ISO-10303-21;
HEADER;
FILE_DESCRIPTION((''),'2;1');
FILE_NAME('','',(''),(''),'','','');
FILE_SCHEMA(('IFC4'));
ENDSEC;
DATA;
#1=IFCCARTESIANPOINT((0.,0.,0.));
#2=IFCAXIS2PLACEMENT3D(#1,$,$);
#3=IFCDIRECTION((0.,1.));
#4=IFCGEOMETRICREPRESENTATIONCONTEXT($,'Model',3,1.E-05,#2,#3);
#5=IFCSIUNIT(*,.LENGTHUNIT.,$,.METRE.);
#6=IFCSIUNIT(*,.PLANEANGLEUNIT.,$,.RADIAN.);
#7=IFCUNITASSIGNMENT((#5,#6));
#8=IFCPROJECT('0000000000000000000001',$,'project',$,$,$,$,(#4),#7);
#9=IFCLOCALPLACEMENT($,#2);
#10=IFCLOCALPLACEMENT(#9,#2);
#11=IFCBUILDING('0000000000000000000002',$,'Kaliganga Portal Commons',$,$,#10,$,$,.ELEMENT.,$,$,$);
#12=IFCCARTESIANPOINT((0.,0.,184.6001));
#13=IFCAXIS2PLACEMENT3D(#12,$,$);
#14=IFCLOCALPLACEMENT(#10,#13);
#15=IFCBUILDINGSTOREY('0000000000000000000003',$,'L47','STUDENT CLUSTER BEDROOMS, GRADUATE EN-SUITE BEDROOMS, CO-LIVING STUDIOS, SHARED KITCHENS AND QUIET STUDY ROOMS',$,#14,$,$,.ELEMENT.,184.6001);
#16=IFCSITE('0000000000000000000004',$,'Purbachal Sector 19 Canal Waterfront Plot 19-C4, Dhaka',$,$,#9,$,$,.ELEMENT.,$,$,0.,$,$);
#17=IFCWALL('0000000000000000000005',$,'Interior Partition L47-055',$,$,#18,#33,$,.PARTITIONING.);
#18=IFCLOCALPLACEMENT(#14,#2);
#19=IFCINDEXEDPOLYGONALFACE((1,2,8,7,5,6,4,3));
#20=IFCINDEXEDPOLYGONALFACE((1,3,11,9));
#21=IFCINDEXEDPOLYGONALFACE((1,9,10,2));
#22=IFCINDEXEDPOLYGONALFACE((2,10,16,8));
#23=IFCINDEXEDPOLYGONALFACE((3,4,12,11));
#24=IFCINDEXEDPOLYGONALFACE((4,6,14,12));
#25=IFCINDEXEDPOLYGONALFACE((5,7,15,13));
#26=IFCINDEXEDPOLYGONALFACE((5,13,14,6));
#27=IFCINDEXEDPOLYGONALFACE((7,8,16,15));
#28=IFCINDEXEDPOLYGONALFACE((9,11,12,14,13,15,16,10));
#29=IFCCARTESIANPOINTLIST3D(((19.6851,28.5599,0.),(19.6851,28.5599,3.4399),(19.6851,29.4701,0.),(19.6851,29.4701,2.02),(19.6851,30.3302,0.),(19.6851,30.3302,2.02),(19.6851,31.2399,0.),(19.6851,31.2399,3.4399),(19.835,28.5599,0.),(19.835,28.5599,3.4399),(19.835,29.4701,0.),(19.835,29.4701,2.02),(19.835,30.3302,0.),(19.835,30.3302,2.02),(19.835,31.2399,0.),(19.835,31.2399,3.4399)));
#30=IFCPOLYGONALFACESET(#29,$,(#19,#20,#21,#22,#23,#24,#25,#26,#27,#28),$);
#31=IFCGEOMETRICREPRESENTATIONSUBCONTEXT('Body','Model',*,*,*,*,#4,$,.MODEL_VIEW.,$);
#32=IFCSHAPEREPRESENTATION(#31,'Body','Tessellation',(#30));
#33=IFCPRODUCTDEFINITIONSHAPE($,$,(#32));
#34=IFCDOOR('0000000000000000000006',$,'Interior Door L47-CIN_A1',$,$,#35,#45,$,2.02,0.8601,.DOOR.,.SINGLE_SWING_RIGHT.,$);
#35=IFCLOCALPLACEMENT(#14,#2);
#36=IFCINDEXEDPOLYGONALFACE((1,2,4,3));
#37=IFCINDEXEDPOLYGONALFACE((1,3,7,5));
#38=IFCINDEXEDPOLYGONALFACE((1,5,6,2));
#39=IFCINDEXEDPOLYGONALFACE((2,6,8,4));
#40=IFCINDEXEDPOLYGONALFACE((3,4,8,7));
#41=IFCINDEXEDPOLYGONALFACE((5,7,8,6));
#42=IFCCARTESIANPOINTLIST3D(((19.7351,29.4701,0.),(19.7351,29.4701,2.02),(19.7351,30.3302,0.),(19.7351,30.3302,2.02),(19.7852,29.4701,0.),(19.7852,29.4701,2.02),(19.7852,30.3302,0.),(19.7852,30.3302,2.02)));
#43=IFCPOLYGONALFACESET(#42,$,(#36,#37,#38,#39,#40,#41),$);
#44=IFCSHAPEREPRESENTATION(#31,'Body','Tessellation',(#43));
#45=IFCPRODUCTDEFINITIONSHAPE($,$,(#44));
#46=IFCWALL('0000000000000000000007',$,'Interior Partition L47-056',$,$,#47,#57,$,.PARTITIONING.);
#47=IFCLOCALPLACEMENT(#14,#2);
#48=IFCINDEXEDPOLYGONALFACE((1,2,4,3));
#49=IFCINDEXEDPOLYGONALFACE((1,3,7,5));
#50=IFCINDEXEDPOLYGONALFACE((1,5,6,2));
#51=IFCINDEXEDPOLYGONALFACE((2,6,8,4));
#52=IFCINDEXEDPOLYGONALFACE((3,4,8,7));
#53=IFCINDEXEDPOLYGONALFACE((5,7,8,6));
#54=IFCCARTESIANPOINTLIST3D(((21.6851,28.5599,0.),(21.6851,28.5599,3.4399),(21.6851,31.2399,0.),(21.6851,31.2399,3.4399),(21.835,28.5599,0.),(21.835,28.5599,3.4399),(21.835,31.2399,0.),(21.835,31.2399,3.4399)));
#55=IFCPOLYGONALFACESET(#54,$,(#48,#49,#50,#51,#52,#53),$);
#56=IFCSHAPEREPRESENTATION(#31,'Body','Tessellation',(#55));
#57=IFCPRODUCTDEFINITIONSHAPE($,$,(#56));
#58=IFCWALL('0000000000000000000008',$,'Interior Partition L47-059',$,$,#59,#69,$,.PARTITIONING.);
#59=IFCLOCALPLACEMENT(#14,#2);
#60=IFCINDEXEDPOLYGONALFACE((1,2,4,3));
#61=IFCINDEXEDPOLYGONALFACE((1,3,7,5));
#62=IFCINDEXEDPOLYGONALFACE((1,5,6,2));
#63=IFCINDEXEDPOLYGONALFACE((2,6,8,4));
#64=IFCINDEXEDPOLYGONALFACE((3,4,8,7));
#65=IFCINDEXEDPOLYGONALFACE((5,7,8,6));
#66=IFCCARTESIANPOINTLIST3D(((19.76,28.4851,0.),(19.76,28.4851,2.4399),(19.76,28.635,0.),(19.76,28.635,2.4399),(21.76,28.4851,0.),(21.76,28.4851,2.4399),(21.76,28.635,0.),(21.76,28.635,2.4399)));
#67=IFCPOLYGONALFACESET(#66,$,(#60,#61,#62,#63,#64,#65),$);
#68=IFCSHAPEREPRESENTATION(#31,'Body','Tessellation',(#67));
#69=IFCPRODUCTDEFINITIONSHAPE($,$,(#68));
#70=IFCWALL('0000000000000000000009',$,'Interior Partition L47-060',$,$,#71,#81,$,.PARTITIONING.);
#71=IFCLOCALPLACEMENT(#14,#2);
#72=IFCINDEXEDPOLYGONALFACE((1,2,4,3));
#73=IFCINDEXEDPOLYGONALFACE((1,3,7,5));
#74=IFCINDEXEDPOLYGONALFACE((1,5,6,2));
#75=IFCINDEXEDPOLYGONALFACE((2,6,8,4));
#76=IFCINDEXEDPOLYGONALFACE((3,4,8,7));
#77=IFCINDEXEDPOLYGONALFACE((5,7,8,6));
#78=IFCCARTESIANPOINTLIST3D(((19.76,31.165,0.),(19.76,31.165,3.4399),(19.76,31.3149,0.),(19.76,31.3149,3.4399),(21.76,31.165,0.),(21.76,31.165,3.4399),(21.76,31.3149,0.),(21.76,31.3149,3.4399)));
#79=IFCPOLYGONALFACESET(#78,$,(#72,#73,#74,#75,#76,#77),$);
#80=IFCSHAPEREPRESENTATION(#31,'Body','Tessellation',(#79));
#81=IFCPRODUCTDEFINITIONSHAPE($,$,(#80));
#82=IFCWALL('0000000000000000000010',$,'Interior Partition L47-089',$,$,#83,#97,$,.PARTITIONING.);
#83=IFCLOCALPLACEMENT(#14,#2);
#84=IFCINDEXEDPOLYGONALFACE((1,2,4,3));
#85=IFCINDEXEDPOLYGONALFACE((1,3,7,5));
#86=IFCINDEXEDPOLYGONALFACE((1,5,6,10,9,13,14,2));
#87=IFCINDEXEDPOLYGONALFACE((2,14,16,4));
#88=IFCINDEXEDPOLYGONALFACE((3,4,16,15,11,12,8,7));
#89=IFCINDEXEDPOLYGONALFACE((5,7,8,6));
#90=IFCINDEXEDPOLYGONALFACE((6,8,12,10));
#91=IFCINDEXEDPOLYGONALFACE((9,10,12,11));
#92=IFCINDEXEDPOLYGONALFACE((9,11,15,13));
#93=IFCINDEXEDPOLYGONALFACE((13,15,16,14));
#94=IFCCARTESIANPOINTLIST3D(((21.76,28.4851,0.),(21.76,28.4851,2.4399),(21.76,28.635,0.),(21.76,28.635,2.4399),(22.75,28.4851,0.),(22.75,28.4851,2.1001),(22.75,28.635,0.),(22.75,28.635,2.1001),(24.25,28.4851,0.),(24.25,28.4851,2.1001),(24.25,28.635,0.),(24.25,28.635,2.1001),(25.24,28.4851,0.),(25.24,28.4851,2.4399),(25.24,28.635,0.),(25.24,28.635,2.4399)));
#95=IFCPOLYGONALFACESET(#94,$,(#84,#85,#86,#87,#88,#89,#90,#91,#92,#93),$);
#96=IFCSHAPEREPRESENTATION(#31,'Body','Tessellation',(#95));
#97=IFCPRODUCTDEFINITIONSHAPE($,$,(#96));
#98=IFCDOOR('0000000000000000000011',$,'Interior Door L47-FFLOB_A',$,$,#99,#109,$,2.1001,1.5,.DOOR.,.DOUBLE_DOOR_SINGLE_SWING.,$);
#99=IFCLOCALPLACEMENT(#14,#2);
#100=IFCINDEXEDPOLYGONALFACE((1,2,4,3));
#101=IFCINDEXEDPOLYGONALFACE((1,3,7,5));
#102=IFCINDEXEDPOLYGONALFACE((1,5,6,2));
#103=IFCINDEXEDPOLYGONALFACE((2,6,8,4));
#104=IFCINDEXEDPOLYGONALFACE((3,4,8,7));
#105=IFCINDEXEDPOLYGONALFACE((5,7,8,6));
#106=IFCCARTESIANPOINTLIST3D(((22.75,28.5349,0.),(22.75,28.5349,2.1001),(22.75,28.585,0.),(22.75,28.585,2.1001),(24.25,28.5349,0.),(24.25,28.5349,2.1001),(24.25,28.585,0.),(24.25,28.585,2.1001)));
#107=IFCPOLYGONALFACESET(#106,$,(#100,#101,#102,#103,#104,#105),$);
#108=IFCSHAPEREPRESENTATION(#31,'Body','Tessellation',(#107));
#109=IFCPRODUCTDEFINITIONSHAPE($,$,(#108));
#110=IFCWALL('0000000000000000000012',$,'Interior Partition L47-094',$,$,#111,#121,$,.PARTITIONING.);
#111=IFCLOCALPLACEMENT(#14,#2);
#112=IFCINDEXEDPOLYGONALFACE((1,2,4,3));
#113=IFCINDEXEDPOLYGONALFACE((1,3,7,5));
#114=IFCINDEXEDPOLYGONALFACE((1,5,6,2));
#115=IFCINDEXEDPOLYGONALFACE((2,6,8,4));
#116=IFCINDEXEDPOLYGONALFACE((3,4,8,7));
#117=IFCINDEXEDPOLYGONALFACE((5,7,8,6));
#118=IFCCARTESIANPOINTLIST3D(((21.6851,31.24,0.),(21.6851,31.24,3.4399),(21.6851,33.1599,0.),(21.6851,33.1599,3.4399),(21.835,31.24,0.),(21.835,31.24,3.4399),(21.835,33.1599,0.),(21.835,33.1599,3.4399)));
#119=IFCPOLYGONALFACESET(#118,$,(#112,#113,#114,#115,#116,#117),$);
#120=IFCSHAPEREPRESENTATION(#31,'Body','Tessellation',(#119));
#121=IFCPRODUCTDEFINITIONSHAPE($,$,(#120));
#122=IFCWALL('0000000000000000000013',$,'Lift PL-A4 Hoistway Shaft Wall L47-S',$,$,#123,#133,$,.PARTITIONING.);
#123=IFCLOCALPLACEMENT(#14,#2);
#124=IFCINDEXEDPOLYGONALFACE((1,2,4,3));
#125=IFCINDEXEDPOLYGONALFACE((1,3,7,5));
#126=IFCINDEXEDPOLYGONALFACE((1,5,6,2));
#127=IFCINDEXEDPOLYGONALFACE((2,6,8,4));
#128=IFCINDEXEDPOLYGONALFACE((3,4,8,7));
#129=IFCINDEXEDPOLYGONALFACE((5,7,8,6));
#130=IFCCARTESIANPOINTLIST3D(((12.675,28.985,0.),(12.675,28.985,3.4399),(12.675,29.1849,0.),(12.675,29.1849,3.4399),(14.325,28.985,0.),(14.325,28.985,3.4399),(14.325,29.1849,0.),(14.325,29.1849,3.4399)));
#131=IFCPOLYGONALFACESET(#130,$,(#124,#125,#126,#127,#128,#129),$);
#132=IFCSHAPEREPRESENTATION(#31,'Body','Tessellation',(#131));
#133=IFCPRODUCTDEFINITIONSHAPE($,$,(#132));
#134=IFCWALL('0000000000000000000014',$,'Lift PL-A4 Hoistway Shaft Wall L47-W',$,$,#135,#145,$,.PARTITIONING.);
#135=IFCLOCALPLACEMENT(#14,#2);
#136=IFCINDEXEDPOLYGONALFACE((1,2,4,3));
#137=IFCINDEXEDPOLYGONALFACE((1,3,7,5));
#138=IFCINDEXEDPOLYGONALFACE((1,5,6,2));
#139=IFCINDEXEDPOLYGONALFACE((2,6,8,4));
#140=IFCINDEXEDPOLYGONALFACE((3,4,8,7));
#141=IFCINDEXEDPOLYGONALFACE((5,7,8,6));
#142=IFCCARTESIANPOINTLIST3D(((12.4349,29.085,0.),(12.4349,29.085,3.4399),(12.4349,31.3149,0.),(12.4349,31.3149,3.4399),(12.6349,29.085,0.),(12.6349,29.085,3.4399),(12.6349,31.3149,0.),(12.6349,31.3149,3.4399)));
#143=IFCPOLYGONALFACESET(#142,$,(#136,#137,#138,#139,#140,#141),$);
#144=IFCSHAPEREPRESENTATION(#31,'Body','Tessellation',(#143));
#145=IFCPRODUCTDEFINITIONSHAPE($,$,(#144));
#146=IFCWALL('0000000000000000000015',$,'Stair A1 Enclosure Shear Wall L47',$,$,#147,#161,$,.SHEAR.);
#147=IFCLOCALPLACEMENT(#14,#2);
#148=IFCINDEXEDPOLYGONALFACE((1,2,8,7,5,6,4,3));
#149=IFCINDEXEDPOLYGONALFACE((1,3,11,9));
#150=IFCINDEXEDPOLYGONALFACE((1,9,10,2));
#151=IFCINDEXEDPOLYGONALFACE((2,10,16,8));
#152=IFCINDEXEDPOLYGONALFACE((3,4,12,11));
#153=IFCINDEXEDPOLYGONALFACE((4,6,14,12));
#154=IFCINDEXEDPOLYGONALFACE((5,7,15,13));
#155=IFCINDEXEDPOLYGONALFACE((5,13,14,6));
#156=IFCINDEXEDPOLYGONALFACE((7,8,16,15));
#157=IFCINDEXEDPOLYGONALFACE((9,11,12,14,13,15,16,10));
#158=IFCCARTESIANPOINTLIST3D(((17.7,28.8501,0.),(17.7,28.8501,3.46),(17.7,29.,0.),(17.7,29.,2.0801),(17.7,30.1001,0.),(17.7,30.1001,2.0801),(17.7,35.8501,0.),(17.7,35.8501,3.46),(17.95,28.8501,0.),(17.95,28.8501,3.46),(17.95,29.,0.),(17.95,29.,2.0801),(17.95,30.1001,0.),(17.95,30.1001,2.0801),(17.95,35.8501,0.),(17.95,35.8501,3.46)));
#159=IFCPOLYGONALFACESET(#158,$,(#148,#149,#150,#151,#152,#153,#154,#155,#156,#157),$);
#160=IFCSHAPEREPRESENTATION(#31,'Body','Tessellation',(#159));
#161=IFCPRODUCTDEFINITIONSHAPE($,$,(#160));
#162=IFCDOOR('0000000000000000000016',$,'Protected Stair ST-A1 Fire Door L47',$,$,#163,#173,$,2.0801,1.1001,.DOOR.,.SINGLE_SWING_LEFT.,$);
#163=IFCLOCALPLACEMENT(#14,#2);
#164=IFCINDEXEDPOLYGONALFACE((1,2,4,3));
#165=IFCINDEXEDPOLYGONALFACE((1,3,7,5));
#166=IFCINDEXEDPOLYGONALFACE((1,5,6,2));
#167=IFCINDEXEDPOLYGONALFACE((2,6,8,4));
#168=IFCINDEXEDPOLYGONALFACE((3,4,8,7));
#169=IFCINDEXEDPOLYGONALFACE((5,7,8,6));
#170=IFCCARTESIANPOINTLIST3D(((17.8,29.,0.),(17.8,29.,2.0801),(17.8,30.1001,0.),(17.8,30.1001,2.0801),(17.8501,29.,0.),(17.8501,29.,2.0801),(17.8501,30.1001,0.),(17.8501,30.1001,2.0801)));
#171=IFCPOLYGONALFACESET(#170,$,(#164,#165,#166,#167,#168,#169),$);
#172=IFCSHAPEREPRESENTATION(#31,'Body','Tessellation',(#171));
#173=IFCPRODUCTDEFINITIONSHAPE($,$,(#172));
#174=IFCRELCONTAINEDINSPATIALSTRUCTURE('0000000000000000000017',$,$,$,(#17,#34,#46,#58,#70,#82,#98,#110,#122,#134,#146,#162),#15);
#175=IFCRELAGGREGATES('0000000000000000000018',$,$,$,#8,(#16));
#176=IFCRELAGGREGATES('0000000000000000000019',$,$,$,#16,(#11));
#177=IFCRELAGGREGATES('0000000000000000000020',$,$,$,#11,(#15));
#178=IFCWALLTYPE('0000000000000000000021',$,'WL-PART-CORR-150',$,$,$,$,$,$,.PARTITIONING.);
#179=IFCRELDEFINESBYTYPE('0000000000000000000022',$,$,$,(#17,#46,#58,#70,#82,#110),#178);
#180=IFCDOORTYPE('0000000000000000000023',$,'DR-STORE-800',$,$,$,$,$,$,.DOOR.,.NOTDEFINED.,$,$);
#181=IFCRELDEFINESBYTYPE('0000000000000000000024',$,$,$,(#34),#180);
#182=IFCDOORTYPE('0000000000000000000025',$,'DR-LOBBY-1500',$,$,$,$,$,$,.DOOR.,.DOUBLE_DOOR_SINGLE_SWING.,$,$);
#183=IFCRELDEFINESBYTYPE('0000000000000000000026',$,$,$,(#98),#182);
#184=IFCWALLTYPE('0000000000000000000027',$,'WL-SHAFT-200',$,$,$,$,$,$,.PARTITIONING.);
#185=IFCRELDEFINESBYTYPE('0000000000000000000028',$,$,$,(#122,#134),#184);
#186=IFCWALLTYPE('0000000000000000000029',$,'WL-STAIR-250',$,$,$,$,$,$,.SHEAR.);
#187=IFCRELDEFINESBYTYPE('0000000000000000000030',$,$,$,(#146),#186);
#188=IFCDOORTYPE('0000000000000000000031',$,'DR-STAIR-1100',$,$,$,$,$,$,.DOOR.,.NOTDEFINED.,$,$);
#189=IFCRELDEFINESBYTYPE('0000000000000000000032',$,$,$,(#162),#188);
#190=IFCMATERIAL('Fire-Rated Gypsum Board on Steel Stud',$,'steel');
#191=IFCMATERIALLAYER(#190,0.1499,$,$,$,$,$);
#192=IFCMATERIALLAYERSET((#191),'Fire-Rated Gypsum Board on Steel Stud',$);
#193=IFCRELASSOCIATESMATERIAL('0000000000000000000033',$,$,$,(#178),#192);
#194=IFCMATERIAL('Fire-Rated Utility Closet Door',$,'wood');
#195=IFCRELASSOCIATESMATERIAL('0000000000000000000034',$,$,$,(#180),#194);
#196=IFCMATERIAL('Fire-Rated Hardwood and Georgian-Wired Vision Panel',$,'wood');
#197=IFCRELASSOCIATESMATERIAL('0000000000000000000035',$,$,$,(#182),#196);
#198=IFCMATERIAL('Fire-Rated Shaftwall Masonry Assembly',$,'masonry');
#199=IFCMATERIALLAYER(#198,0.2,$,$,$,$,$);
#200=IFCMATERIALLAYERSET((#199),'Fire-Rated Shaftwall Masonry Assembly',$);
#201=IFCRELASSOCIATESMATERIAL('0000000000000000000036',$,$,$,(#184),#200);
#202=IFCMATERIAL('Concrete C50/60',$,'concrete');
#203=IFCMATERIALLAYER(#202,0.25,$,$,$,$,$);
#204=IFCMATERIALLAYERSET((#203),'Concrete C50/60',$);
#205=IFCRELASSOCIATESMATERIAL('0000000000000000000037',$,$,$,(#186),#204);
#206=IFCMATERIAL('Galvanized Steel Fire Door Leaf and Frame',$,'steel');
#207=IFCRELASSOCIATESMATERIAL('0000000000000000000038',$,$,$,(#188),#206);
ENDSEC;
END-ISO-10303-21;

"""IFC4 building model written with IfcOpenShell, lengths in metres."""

from ifc_helpers import new_model, si_unit, direction, frame, frame_2d, origin, place, context, subcontext, project, spatial, rectangle, extrude, material, layer, layer_set, type_object, element, fill, save


model = new_model("IFC4")

# Units and contexts
model_context = context("Model", 3, precision=1e-05, world=origin(), true_north=direction((0.0, 1.0)))
body_context = subcontext(model_context, "Body", "Model", "MODEL_VIEW")
ifc_project = project(units=[si_unit("LENGTHUNIT", "METRE"), si_unit("PLANEANGLEUNIT", "RADIAN")], contexts=[model_context])

# Site, building, storey
site_placement = place(None, origin())
site = spatial("IfcSite", under=ifc_project, at=site_placement, Name="Purbachal Sector 19 Canal Waterfront Plot 19-C4, Dhaka", CompositionType="ELEMENT", RefElevation=0.0)
building_placement = place(site_placement, origin())
building = spatial("IfcBuilding", under=site, at=building_placement, Name="Kaliganga Portal Commons", CompositionType="ELEMENT")
storey_placement = place(building_placement, frame((0.0, 0.0, 184.6001)))
storey = spatial("IfcBuildingStorey", under=building, at=storey_placement, Name="L47", Description="STUDENT CLUSTER BEDROOMS, GRADUATE EN-SUITE BEDROOMS, CO-LIVING STUDIOS, SHARED KITCHENS AND QUIET STUDY ROOMS", CompositionType="ELEMENT", Elevation=184.6001)

# Shared definitions
ifc_material_1 = material(Name="Concrete C50/60", Category="concrete")

# Wall, opening, door
ifc_material_2 = material(Name="Fire-Rated Gypsum Board on Steel Stud", Category="steel")
ifc_layer_1 = layer(ifc_material_2, 0.1499)
ifc_layer_set_1 = layer_set([ifc_layer_1], Name="Fire-Rated Gypsum Board on Steel Stud")
wall_type_1 = type_object("IfcWallType", Name="WL-PART-CORR-150", PredefinedType="PARTITIONING", material=ifc_layer_set_1)
wall_1_placement = place(storey_placement, frame((19.76, 28.5601, 0.0), z_axis=(0.0, 0.0, 1.0), x_axis=(0.0, 1.0, 0.0)))
wall_1 = element("IfcWall", 1, at=wall_1_placement, inside=storey, type_object=wall_type_1, Name="Interior Partition L47-055", PredefinedType="PARTITIONING", context=body_context, shape_type="SweptSolid", body=[
    extrude(rectangle(XDim=2.6799, YDim=0.1499, at=frame_2d((1.3398, 0.0))), origin(), (0.0, 0.0, 1.0), 3.4399),
])
opening_1_placement = place(wall_1_placement, frame((0.9099, 0.0, 0.0)))
opening_1 = element("IfcOpeningElement", 2, at=opening_1_placement, cuts=wall_1, PredefinedType="OPENING", context=body_context, shape_type="SweptSolid", body=[
    extrude(rectangle(XDim=0.8601, YDim=2.02, at=frame_2d((0.4302, 1.01))), frame((0.0, 0.085, 0.0), z_axis=(0.0, -1.0, 0.0), x_axis=(1.0, 0.0, 0.0)), (0.0, 0.0, 1.0), 0.1699),
])
ifc_material_3 = material(Name="Fire-Rated Utility Closet Door", Category="wood")
door_type_1 = type_object("IfcDoorType", Name="DR-STORE-800", OperationType="NOTDEFINED", PredefinedType="DOOR", material=ifc_material_3)
door_1_placement = place(opening_1_placement, origin())
door_1 = element("IfcDoor", 3, at=door_1_placement, inside=storey, type_object=door_type_1, Name="Interior Door L47-CIN_A1", OperationType="SINGLE_SWING_RIGHT", OverallHeight=2.02, OverallWidth=0.8601, PredefinedType="DOOR", context=body_context, shape_type="SweptSolid", body=[
    extrude(rectangle(XDim=0.8601, YDim=2.02, at=frame_2d((0.4302, 1.01))), frame((0.0, 0.0249, 0.0), z_axis=(0.0, -1.0, 0.0), x_axis=(1.0, 0.0, 0.0)), (0.0, 0.0, 1.0), 0.05),
])
fill(opening_1, door_1)

# Walls
wall_2_placement = place(storey_placement, frame((21.76, 28.5601, 0.0), z_axis=(0.0, 0.0, 1.0), x_axis=(0.0, 1.0, 0.0)))
element("IfcWall", 4, at=wall_2_placement, inside=storey, type_object=wall_type_1, Name="Interior Partition L47-056", PredefinedType="PARTITIONING", context=body_context, shape_type="SweptSolid", body=[
    extrude(rectangle(XDim=2.6799, YDim=0.1499, at=frame_2d((1.3398, 0.0))), origin(), (0.0, 0.0, 1.0), 3.4399),
])
wall_3_placement = place(storey_placement, frame((19.76, 28.5601, 0.0), z_axis=(0.0, 0.0, 1.0), x_axis=(1.0, 0.0, 0.0)))
element("IfcWall", 5, at=wall_3_placement, inside=storey, type_object=wall_type_1, Name="Interior Partition L47-059", PredefinedType="PARTITIONING", context=body_context, shape_type="SweptSolid", body=[
    extrude(rectangle(XDim=2.0, YDim=0.1499, at=frame_2d((1.0, 0.0))), origin(), (0.0, 0.0, 1.0), 2.4399),
])
wall_4_placement = place(storey_placement, frame((19.76, 31.24, 0.0), z_axis=(0.0, 0.0, 1.0), x_axis=(1.0, 0.0, 0.0)))
element("IfcWall", 6, at=wall_4_placement, inside=storey, type_object=wall_type_1, Name="Interior Partition L47-060", PredefinedType="PARTITIONING", context=body_context, shape_type="SweptSolid", body=[
    extrude(rectangle(XDim=2.0, YDim=0.1499, at=frame_2d((1.0, 0.0))), origin(), (0.0, 0.0, 1.0), 3.4399),
])

# Wall, opening, door
wall_5_placement = place(storey_placement, frame((21.76, 28.5601, 0.0), z_axis=(0.0, 0.0, 1.0), x_axis=(1.0, 0.0, 0.0)))
wall_5 = element("IfcWall", 7, at=wall_5_placement, inside=storey, type_object=wall_type_1, Name="Interior Partition L47-089", PredefinedType="PARTITIONING", context=body_context, shape_type="SweptSolid", body=[
    extrude(rectangle(XDim=3.48, YDim=0.1499, at=frame_2d((1.74, 0.0))), origin(), (0.0, 0.0, 1.0), 2.4399),
])
opening_2_placement = place(wall_5_placement, frame((0.99, 0.0, 0.0)))
opening_2 = element("IfcOpeningElement", 8, at=opening_2_placement, cuts=wall_5, PredefinedType="OPENING", context=body_context, shape_type="SweptSolid", body=[
    extrude(rectangle(XDim=1.5, YDim=2.1001, at=frame_2d((0.75, 1.05))), frame((0.0, 0.085, 0.0), z_axis=(0.0, -1.0, 0.0), x_axis=(1.0, 0.0, 0.0)), (0.0, 0.0, 1.0), 0.1699),
])
ifc_material_4 = material(Name="Fire-Rated Hardwood and Georgian-Wired Vision Panel", Category="wood")
door_type_2 = type_object("IfcDoorType", Name="DR-LOBBY-1500", OperationType="DOUBLE_DOOR_SINGLE_SWING", PredefinedType="DOOR", material=ifc_material_4)
door_2_placement = place(opening_2_placement, origin())
door_2 = element("IfcDoor", 9, at=door_2_placement, inside=storey, type_object=door_type_2, Name="Interior Door L47-FFLOB_A", OperationType="DOUBLE_DOOR_SINGLE_SWING", OverallHeight=2.1001, OverallWidth=1.5, PredefinedType="DOOR", context=body_context, shape_type="SweptSolid", body=[
    extrude(rectangle(XDim=1.5, YDim=2.1001, at=frame_2d((0.75, 1.05))), frame((0.0, 0.0249, 0.0), z_axis=(0.0, -1.0, 0.0), x_axis=(1.0, 0.0, 0.0)), (0.0, 0.0, 1.0), 0.05),
])
fill(opening_2, door_2)

# Walls
wall_6_placement = place(storey_placement, frame((21.76, 31.24, 0.0), z_axis=(0.0, 0.0, 1.0), x_axis=(0.0, 1.0, 0.0)))
element("IfcWall", 10, at=wall_6_placement, inside=storey, type_object=wall_type_1, Name="Interior Partition L47-094", PredefinedType="PARTITIONING", context=body_context, shape_type="SweptSolid", body=[
    extrude(rectangle(XDim=1.9199, YDim=0.1499, at=frame_2d((0.96, 0.0))), origin(), (0.0, 0.0, 1.0), 3.4399),
])
ifc_material_5 = material(Name="Fire-Rated Shaftwall Masonry Assembly", Category="masonry")
ifc_layer_2 = layer(ifc_material_5, 0.2)
ifc_layer_set_2 = layer_set([ifc_layer_2], Name="Fire-Rated Shaftwall Masonry Assembly")
wall_type_2 = type_object("IfcWallType", Name="WL-SHAFT-200", PredefinedType="PARTITIONING", material=ifc_layer_set_2)
wall_7_placement = place(storey_placement, frame((12.675, 29.085, 0.0), z_axis=(0.0, 0.0, 1.0), x_axis=(1.0, 0.0, 0.0)))
element("IfcWall", 11, at=wall_7_placement, inside=storey, type_object=wall_type_2, Name="Lift PL-A4 Hoistway Shaft Wall L47-S", PredefinedType="PARTITIONING", context=body_context, shape_type="SweptSolid", body=[
    extrude(rectangle(XDim=1.6499, YDim=0.2, at=frame_2d((0.825, 0.0))), origin(), (0.0, 0.0, 1.0), 3.4399),
])

# Wall
wall_8_placement = place(storey_placement, frame((12.5349, 29.085, 0.0), z_axis=(0.0, 0.0, 1.0), x_axis=(0.0, 1.0, 0.0)))
element("IfcWall", 12, at=wall_8_placement, inside=storey, type_object=wall_type_2, Name="Lift PL-A4 Hoistway Shaft Wall L47-W", PredefinedType="PARTITIONING", context=body_context, shape_type="SweptSolid", body=[
    extrude(rectangle(XDim=2.23, YDim=0.2, at=frame_2d((1.115, 0.0))), origin(), (0.0, 0.0, 1.0), 3.4399),
])

# Wall, opening, door
ifc_layer_3 = layer(ifc_material_1, 0.25)
ifc_layer_set_3 = layer_set([ifc_layer_3], Name="Concrete C50/60")
wall_type_3 = type_object("IfcWallType", Name="WL-STAIR-250", PredefinedType="SHEAR", material=ifc_layer_set_3)
wall_9_placement = place(storey_placement, frame((17.825, 28.8501, 0.0), z_axis=(0.0, 0.0, 1.0), x_axis=(0.0, 1.0, 0.0)))
wall_9 = element("IfcWall", 13, at=wall_9_placement, inside=storey, type_object=wall_type_3, Name="Stair A1 Enclosure Shear Wall L47", PredefinedType="SHEAR", context=body_context, shape_type="SweptSolid", body=[
    extrude(rectangle(XDim=7.0, YDim=0.25, at=frame_2d((3.5, 0.0))), origin(), (0.0, 0.0, 1.0), 3.46),
])
opening_3_placement = place(wall_9_placement, frame((0.1499, 0.0, 0.0)))
opening_3 = element("IfcOpeningElement", 14, at=opening_3_placement, cuts=wall_9, PredefinedType="OPENING", context=body_context, shape_type="SweptSolid", body=[
    extrude(rectangle(XDim=1.1001, YDim=2.0801, at=frame_2d((0.55, 1.04))), frame((0.0, 0.135, 0.0), z_axis=(0.0, -1.0, 0.0), x_axis=(1.0, 0.0, 0.0)), (0.0, 0.0, 1.0), 0.27),
])
ifc_material_6 = material(Name="Galvanized Steel Fire Door Leaf and Frame", Category="steel")
door_type_3 = type_object("IfcDoorType", Name="DR-STAIR-1100", OperationType="NOTDEFINED", PredefinedType="DOOR", material=ifc_material_6)
door_3_placement = place(opening_3_placement, origin())
door_3 = element("IfcDoor", 15, at=door_3_placement, inside=storey, type_object=door_type_3, Name="Protected Stair ST-A1 Fire Door L47", OperationType="SINGLE_SWING_LEFT", OverallHeight=2.0801, OverallWidth=1.1001, PredefinedType="DOOR", context=body_context, shape_type="SweptSolid", body=[
    extrude(rectangle(XDim=1.1001, YDim=2.0801, at=frame_2d((0.55, 1.04))), frame((0.0, 0.0249, 0.0), z_axis=(0.0, -1.0, 0.0), x_axis=(1.0, 0.0, 0.0)), (0.0, 0.0, 1.0), 0.05),
])
fill(opening_3, door_3)

save(model, "model.ifc")
